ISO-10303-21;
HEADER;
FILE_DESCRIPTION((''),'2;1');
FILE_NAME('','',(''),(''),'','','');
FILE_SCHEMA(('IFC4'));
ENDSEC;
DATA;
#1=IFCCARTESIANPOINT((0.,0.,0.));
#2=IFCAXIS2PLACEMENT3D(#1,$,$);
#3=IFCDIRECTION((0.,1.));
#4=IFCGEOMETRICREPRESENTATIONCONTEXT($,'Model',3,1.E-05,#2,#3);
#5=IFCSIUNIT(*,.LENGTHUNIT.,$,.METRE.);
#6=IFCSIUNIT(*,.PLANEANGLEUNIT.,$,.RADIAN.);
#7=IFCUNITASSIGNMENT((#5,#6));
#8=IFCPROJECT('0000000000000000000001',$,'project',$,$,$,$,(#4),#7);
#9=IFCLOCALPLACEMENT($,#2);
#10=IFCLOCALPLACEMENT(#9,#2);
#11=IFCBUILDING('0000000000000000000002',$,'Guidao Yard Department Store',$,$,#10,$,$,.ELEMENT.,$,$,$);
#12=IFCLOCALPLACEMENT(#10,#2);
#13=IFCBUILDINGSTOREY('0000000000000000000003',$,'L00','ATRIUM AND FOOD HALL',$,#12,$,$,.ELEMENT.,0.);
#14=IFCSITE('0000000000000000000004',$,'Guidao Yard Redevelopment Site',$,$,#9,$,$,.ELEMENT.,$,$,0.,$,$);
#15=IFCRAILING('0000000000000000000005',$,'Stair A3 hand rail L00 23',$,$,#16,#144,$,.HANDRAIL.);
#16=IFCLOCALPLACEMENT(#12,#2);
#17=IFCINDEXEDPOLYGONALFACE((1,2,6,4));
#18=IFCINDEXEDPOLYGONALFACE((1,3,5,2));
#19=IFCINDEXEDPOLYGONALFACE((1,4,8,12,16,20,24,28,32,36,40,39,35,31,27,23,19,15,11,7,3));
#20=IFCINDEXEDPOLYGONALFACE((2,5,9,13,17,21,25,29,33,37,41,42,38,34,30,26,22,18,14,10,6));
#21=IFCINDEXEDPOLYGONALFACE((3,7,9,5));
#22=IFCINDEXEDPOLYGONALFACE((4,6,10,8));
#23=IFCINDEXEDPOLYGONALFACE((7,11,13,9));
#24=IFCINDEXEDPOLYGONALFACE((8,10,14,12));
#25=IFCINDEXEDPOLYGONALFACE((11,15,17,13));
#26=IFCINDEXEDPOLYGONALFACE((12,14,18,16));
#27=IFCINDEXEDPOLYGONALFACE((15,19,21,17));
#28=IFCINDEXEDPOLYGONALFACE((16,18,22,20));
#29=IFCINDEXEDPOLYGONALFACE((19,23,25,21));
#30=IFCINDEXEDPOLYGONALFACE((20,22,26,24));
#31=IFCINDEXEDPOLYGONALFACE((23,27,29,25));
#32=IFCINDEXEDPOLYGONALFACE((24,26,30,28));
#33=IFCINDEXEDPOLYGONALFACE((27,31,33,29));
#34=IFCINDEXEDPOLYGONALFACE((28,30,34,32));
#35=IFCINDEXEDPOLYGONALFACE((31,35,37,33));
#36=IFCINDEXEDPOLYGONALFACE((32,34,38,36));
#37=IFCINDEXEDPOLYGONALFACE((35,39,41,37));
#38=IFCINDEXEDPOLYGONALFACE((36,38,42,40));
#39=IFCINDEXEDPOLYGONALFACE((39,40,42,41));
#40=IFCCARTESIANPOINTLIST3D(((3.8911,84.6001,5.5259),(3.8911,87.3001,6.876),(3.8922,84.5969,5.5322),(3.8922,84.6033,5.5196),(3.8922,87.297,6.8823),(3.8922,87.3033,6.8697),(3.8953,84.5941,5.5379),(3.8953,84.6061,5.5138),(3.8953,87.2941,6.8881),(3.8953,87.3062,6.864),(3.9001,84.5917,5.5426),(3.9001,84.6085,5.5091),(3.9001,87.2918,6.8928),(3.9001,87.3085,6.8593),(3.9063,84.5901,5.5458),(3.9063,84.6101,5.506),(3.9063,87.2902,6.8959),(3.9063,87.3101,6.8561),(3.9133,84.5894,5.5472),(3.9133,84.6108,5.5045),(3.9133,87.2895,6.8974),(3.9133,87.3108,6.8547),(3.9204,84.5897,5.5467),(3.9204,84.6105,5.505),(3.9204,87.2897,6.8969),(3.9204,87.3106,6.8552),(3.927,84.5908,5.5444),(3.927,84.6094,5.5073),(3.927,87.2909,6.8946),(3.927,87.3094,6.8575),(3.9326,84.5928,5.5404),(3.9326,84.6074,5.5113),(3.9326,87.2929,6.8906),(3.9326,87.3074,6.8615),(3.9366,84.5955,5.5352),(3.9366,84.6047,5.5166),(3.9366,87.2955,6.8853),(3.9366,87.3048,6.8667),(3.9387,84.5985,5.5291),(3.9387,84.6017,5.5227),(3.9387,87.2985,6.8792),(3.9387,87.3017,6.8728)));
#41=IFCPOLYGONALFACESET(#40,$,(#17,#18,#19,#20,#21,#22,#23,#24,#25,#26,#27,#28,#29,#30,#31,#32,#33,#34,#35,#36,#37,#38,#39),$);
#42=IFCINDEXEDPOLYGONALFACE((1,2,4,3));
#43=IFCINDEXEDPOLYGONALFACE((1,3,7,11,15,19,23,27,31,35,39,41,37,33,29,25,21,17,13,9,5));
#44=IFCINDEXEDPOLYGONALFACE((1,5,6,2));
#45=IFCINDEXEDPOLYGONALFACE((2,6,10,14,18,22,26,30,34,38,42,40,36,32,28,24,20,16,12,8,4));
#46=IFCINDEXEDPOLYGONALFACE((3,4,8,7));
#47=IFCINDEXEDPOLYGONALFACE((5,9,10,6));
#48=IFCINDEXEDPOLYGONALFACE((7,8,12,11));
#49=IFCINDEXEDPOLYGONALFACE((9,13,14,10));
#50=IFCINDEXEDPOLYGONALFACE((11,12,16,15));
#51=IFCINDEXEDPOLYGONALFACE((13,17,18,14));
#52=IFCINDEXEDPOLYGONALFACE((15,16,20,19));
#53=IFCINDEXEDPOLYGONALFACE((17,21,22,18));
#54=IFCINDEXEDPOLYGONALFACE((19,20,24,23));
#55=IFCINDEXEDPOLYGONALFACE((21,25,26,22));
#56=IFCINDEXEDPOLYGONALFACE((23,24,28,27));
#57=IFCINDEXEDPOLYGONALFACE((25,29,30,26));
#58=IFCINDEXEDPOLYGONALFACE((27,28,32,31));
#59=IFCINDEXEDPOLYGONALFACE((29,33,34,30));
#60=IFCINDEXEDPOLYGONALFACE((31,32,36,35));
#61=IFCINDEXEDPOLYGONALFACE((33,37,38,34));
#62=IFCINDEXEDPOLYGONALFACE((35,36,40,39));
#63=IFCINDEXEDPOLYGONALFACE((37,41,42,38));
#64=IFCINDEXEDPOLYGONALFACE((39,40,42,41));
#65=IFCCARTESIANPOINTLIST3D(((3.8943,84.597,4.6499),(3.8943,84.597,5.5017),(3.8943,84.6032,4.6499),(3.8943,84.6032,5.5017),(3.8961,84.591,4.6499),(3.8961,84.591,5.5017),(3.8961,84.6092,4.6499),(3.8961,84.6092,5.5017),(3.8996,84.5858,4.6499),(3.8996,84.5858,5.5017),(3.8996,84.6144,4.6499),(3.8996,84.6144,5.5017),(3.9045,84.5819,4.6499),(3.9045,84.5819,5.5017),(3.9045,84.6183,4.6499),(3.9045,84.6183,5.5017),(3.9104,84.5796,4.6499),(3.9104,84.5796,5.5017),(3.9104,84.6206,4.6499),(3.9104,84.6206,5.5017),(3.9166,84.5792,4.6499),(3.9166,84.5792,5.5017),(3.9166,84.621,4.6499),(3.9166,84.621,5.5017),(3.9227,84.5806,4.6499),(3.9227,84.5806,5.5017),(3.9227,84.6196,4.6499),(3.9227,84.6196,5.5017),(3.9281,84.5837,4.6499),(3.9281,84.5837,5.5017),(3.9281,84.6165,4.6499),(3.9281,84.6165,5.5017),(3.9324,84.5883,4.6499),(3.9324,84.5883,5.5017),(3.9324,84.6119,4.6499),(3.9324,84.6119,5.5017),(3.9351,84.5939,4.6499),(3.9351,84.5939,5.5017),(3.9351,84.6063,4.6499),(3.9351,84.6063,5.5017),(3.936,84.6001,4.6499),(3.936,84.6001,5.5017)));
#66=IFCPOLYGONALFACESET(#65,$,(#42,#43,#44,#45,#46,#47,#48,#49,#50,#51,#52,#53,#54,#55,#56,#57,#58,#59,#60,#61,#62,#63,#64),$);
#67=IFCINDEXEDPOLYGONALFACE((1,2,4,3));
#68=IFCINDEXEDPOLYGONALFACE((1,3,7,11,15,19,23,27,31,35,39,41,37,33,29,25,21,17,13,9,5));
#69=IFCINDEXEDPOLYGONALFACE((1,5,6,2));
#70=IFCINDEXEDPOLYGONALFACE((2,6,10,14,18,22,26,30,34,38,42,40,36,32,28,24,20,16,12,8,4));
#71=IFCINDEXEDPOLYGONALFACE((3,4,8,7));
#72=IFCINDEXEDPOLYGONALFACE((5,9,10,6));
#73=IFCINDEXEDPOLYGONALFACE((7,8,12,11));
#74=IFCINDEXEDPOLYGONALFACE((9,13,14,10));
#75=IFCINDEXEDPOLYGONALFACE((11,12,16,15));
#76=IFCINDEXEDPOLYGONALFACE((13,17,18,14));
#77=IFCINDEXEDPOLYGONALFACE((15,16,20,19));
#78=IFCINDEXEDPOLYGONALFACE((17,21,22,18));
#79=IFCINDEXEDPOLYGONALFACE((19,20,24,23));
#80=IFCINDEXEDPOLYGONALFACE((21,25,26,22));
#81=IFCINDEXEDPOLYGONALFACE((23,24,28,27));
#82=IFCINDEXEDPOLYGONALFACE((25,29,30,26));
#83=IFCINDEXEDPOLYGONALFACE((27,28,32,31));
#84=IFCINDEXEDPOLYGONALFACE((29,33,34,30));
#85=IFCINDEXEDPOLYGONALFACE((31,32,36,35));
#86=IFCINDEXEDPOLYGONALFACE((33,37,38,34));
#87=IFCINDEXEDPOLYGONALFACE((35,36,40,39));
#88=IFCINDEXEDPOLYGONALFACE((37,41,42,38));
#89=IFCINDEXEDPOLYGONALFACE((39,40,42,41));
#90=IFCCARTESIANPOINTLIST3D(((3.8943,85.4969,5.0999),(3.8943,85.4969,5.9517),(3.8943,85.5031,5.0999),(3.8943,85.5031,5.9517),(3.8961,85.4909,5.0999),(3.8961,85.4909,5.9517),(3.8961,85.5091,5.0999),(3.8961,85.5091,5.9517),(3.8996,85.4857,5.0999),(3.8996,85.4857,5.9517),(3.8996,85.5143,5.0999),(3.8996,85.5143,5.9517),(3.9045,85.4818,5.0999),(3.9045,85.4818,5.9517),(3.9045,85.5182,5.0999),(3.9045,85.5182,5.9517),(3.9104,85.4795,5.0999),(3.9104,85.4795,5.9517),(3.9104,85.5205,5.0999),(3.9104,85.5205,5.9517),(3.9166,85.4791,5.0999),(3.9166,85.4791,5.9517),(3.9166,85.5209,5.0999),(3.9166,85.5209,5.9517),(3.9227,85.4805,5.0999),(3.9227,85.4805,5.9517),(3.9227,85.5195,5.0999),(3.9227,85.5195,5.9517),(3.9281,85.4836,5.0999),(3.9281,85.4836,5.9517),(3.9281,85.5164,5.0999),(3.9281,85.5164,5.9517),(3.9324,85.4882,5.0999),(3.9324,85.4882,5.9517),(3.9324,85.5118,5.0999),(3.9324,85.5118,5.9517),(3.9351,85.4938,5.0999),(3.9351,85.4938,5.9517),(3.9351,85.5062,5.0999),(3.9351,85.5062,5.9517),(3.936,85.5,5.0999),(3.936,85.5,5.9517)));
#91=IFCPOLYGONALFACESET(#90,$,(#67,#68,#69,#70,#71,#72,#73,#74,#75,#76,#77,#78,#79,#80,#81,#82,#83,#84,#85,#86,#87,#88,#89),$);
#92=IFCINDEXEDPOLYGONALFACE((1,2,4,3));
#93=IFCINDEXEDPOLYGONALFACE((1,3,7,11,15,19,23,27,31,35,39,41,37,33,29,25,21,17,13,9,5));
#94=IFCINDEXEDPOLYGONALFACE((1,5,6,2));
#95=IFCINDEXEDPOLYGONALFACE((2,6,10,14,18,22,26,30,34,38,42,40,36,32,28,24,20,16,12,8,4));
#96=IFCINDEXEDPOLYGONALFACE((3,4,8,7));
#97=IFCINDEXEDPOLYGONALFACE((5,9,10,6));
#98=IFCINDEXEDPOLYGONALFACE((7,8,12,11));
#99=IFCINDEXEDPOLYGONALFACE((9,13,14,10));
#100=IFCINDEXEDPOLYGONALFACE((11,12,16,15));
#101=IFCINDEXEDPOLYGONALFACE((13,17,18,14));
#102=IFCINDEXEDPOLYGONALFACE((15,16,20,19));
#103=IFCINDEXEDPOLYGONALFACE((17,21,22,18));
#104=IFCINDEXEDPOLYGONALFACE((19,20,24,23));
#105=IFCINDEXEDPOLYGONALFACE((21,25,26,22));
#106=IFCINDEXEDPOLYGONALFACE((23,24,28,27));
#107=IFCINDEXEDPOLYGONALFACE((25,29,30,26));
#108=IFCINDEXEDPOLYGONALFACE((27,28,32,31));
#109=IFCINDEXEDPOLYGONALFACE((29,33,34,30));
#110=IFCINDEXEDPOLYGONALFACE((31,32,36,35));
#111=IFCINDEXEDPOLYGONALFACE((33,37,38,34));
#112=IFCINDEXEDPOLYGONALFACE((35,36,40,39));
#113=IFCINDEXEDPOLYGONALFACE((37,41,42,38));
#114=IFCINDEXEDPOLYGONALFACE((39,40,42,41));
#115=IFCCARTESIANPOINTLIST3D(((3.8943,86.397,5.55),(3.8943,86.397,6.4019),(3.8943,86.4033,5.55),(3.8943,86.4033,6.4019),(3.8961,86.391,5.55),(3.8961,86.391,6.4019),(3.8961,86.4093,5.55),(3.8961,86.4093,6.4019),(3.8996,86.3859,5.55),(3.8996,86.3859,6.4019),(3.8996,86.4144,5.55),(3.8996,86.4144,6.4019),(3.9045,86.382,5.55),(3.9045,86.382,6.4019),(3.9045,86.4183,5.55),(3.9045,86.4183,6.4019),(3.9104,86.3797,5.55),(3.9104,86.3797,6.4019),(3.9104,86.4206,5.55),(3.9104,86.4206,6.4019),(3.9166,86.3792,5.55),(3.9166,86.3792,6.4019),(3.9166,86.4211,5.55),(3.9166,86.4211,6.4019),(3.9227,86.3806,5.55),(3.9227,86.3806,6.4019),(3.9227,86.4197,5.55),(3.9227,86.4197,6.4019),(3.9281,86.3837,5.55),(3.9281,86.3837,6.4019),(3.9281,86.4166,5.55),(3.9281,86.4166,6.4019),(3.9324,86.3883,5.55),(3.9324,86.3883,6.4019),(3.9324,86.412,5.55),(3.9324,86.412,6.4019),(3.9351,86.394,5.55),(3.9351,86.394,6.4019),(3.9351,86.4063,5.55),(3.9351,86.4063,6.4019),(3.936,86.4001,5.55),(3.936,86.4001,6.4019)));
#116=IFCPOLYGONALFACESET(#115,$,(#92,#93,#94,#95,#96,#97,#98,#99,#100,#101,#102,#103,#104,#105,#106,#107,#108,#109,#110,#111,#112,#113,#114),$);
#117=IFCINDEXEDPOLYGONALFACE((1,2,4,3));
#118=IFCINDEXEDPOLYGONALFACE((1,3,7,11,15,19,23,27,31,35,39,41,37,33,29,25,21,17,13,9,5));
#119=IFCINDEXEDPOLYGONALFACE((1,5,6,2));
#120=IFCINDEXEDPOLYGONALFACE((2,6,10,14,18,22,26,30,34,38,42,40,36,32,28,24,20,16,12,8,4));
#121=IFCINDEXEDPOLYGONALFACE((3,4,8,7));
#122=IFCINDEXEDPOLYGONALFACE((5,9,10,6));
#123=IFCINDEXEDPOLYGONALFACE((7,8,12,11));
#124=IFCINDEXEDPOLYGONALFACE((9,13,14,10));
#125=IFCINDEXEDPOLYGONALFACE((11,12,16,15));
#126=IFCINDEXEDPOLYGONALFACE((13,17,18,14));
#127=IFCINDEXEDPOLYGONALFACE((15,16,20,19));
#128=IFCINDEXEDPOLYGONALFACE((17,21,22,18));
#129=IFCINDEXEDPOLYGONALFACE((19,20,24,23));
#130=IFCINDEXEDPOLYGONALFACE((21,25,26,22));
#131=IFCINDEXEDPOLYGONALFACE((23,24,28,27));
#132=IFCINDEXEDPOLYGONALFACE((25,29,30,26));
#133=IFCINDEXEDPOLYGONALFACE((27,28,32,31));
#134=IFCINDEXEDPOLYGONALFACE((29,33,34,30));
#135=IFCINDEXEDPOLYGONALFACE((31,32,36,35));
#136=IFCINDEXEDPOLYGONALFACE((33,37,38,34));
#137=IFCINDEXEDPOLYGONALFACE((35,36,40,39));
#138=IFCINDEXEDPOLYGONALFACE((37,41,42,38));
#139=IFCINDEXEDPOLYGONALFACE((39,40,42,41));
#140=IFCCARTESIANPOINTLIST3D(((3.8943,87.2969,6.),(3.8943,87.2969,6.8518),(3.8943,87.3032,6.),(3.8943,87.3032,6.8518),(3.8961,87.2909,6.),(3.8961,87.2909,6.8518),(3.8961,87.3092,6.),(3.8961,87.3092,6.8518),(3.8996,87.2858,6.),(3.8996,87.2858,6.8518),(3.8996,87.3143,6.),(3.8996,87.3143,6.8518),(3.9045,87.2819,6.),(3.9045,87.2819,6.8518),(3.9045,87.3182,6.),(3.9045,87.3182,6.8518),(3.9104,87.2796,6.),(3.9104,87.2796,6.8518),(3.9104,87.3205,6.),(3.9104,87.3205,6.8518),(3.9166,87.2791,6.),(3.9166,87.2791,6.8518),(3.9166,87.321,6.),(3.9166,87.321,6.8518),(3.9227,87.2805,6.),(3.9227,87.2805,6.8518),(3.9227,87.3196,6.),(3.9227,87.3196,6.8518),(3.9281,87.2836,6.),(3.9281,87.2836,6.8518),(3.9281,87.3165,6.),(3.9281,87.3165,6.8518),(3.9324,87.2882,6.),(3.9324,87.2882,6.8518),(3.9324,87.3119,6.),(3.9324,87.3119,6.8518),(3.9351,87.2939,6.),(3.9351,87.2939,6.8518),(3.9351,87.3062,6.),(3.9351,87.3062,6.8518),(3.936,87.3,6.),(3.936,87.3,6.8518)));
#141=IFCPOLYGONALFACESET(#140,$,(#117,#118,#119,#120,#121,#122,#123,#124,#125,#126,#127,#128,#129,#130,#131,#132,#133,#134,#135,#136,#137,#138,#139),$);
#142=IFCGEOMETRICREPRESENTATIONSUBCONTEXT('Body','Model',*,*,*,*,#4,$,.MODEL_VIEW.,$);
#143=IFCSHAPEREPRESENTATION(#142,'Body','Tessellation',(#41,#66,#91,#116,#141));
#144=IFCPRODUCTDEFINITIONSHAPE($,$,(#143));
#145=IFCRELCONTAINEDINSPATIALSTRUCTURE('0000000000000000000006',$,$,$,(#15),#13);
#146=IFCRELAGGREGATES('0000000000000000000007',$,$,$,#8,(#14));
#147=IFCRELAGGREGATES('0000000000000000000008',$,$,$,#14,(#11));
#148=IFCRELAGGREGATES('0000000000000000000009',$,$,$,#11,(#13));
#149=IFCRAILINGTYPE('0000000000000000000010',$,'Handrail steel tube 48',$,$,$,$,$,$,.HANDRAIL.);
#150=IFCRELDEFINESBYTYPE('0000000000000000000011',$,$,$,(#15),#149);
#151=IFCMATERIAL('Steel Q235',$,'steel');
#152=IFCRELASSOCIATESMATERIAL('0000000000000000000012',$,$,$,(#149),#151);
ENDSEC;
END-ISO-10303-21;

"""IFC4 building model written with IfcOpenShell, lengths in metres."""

from ifc_helpers import new_model, si_unit, direction, frame, origin, origin_2d, place, context, subcontext, project, spatial, circle, extrude, material, type_object, element, save


model = new_model("IFC4")

# Units and contexts
model_context = context("Model", 3, precision=1e-05, world=origin(), true_north=direction((0.0, 1.0)))
body_context = subcontext(model_context, "Body", "Model", "MODEL_VIEW")
ifc_project = project(units=[si_unit("LENGTHUNIT", "METRE"), si_unit("PLANEANGLEUNIT", "RADIAN")], contexts=[model_context])

# Site, building, storey
site_placement = place(None, origin())
site = spatial("IfcSite", under=ifc_project, at=site_placement, Name="Guidao Yard Redevelopment Site", CompositionType="ELEMENT", RefElevation=0.0)
building_placement = place(site_placement, origin())
building = spatial("IfcBuilding", under=site, at=building_placement, Name="Guidao Yard Department Store", CompositionType="ELEMENT")
storey_placement = place(building_placement, origin())
storey = spatial("IfcBuildingStorey", under=building, at=storey_placement, Name="L00", Description="ATRIUM AND FOOD HALL", CompositionType="ELEMENT", Elevation=0.0)

# Railing
ifc_material_1 = material(Name="Steel Q235", Category="steel")
railing_type = type_object("IfcRailingType", Name="Handrail steel tube 48", PredefinedType="HANDRAIL", material=ifc_material_1)
for number, where, name in (
    (1, (3.915, 84.6001, 4.6499), "Stair A3 hand rail L00 23"),
):
    element("IfcRailing", number, at=place(storey_placement, frame(where)), inside=storey, type_object=railing_type, Name=name, PredefinedType="HANDRAIL", context=body_context, shape_type="SweptSolid", body=[
        extrude(circle(Radius=0.0239, at=origin_2d()), frame((0.0, 0.0, 0.876), z_axis=(0.0, 0.894411, 0.447246), x_axis=(-1.0, 0.0, 0.0)), (0.0, 0.0, 1.0), 3.0188),
        extrude(circle(Radius=0.021, at=origin_2d()), origin(), (0.0, 0.0, 1.0), 0.8518),
        extrude(circle(Radius=0.021, at=origin_2d()), frame((0.0, 0.8999, 0.45)), (0.0, 0.0, 1.0), 0.8518),
        extrude(circle(Radius=0.021, at=origin_2d()), frame((0.0, 1.8, 0.9001)), (0.0, 0.0, 1.0), 0.8518),
        extrude(circle(Radius=0.021, at=origin_2d()), frame((0.0, 2.7, 1.3501)), (0.0, 0.0, 1.0), 0.8518),
    ])

save(model, "model.ifc")
